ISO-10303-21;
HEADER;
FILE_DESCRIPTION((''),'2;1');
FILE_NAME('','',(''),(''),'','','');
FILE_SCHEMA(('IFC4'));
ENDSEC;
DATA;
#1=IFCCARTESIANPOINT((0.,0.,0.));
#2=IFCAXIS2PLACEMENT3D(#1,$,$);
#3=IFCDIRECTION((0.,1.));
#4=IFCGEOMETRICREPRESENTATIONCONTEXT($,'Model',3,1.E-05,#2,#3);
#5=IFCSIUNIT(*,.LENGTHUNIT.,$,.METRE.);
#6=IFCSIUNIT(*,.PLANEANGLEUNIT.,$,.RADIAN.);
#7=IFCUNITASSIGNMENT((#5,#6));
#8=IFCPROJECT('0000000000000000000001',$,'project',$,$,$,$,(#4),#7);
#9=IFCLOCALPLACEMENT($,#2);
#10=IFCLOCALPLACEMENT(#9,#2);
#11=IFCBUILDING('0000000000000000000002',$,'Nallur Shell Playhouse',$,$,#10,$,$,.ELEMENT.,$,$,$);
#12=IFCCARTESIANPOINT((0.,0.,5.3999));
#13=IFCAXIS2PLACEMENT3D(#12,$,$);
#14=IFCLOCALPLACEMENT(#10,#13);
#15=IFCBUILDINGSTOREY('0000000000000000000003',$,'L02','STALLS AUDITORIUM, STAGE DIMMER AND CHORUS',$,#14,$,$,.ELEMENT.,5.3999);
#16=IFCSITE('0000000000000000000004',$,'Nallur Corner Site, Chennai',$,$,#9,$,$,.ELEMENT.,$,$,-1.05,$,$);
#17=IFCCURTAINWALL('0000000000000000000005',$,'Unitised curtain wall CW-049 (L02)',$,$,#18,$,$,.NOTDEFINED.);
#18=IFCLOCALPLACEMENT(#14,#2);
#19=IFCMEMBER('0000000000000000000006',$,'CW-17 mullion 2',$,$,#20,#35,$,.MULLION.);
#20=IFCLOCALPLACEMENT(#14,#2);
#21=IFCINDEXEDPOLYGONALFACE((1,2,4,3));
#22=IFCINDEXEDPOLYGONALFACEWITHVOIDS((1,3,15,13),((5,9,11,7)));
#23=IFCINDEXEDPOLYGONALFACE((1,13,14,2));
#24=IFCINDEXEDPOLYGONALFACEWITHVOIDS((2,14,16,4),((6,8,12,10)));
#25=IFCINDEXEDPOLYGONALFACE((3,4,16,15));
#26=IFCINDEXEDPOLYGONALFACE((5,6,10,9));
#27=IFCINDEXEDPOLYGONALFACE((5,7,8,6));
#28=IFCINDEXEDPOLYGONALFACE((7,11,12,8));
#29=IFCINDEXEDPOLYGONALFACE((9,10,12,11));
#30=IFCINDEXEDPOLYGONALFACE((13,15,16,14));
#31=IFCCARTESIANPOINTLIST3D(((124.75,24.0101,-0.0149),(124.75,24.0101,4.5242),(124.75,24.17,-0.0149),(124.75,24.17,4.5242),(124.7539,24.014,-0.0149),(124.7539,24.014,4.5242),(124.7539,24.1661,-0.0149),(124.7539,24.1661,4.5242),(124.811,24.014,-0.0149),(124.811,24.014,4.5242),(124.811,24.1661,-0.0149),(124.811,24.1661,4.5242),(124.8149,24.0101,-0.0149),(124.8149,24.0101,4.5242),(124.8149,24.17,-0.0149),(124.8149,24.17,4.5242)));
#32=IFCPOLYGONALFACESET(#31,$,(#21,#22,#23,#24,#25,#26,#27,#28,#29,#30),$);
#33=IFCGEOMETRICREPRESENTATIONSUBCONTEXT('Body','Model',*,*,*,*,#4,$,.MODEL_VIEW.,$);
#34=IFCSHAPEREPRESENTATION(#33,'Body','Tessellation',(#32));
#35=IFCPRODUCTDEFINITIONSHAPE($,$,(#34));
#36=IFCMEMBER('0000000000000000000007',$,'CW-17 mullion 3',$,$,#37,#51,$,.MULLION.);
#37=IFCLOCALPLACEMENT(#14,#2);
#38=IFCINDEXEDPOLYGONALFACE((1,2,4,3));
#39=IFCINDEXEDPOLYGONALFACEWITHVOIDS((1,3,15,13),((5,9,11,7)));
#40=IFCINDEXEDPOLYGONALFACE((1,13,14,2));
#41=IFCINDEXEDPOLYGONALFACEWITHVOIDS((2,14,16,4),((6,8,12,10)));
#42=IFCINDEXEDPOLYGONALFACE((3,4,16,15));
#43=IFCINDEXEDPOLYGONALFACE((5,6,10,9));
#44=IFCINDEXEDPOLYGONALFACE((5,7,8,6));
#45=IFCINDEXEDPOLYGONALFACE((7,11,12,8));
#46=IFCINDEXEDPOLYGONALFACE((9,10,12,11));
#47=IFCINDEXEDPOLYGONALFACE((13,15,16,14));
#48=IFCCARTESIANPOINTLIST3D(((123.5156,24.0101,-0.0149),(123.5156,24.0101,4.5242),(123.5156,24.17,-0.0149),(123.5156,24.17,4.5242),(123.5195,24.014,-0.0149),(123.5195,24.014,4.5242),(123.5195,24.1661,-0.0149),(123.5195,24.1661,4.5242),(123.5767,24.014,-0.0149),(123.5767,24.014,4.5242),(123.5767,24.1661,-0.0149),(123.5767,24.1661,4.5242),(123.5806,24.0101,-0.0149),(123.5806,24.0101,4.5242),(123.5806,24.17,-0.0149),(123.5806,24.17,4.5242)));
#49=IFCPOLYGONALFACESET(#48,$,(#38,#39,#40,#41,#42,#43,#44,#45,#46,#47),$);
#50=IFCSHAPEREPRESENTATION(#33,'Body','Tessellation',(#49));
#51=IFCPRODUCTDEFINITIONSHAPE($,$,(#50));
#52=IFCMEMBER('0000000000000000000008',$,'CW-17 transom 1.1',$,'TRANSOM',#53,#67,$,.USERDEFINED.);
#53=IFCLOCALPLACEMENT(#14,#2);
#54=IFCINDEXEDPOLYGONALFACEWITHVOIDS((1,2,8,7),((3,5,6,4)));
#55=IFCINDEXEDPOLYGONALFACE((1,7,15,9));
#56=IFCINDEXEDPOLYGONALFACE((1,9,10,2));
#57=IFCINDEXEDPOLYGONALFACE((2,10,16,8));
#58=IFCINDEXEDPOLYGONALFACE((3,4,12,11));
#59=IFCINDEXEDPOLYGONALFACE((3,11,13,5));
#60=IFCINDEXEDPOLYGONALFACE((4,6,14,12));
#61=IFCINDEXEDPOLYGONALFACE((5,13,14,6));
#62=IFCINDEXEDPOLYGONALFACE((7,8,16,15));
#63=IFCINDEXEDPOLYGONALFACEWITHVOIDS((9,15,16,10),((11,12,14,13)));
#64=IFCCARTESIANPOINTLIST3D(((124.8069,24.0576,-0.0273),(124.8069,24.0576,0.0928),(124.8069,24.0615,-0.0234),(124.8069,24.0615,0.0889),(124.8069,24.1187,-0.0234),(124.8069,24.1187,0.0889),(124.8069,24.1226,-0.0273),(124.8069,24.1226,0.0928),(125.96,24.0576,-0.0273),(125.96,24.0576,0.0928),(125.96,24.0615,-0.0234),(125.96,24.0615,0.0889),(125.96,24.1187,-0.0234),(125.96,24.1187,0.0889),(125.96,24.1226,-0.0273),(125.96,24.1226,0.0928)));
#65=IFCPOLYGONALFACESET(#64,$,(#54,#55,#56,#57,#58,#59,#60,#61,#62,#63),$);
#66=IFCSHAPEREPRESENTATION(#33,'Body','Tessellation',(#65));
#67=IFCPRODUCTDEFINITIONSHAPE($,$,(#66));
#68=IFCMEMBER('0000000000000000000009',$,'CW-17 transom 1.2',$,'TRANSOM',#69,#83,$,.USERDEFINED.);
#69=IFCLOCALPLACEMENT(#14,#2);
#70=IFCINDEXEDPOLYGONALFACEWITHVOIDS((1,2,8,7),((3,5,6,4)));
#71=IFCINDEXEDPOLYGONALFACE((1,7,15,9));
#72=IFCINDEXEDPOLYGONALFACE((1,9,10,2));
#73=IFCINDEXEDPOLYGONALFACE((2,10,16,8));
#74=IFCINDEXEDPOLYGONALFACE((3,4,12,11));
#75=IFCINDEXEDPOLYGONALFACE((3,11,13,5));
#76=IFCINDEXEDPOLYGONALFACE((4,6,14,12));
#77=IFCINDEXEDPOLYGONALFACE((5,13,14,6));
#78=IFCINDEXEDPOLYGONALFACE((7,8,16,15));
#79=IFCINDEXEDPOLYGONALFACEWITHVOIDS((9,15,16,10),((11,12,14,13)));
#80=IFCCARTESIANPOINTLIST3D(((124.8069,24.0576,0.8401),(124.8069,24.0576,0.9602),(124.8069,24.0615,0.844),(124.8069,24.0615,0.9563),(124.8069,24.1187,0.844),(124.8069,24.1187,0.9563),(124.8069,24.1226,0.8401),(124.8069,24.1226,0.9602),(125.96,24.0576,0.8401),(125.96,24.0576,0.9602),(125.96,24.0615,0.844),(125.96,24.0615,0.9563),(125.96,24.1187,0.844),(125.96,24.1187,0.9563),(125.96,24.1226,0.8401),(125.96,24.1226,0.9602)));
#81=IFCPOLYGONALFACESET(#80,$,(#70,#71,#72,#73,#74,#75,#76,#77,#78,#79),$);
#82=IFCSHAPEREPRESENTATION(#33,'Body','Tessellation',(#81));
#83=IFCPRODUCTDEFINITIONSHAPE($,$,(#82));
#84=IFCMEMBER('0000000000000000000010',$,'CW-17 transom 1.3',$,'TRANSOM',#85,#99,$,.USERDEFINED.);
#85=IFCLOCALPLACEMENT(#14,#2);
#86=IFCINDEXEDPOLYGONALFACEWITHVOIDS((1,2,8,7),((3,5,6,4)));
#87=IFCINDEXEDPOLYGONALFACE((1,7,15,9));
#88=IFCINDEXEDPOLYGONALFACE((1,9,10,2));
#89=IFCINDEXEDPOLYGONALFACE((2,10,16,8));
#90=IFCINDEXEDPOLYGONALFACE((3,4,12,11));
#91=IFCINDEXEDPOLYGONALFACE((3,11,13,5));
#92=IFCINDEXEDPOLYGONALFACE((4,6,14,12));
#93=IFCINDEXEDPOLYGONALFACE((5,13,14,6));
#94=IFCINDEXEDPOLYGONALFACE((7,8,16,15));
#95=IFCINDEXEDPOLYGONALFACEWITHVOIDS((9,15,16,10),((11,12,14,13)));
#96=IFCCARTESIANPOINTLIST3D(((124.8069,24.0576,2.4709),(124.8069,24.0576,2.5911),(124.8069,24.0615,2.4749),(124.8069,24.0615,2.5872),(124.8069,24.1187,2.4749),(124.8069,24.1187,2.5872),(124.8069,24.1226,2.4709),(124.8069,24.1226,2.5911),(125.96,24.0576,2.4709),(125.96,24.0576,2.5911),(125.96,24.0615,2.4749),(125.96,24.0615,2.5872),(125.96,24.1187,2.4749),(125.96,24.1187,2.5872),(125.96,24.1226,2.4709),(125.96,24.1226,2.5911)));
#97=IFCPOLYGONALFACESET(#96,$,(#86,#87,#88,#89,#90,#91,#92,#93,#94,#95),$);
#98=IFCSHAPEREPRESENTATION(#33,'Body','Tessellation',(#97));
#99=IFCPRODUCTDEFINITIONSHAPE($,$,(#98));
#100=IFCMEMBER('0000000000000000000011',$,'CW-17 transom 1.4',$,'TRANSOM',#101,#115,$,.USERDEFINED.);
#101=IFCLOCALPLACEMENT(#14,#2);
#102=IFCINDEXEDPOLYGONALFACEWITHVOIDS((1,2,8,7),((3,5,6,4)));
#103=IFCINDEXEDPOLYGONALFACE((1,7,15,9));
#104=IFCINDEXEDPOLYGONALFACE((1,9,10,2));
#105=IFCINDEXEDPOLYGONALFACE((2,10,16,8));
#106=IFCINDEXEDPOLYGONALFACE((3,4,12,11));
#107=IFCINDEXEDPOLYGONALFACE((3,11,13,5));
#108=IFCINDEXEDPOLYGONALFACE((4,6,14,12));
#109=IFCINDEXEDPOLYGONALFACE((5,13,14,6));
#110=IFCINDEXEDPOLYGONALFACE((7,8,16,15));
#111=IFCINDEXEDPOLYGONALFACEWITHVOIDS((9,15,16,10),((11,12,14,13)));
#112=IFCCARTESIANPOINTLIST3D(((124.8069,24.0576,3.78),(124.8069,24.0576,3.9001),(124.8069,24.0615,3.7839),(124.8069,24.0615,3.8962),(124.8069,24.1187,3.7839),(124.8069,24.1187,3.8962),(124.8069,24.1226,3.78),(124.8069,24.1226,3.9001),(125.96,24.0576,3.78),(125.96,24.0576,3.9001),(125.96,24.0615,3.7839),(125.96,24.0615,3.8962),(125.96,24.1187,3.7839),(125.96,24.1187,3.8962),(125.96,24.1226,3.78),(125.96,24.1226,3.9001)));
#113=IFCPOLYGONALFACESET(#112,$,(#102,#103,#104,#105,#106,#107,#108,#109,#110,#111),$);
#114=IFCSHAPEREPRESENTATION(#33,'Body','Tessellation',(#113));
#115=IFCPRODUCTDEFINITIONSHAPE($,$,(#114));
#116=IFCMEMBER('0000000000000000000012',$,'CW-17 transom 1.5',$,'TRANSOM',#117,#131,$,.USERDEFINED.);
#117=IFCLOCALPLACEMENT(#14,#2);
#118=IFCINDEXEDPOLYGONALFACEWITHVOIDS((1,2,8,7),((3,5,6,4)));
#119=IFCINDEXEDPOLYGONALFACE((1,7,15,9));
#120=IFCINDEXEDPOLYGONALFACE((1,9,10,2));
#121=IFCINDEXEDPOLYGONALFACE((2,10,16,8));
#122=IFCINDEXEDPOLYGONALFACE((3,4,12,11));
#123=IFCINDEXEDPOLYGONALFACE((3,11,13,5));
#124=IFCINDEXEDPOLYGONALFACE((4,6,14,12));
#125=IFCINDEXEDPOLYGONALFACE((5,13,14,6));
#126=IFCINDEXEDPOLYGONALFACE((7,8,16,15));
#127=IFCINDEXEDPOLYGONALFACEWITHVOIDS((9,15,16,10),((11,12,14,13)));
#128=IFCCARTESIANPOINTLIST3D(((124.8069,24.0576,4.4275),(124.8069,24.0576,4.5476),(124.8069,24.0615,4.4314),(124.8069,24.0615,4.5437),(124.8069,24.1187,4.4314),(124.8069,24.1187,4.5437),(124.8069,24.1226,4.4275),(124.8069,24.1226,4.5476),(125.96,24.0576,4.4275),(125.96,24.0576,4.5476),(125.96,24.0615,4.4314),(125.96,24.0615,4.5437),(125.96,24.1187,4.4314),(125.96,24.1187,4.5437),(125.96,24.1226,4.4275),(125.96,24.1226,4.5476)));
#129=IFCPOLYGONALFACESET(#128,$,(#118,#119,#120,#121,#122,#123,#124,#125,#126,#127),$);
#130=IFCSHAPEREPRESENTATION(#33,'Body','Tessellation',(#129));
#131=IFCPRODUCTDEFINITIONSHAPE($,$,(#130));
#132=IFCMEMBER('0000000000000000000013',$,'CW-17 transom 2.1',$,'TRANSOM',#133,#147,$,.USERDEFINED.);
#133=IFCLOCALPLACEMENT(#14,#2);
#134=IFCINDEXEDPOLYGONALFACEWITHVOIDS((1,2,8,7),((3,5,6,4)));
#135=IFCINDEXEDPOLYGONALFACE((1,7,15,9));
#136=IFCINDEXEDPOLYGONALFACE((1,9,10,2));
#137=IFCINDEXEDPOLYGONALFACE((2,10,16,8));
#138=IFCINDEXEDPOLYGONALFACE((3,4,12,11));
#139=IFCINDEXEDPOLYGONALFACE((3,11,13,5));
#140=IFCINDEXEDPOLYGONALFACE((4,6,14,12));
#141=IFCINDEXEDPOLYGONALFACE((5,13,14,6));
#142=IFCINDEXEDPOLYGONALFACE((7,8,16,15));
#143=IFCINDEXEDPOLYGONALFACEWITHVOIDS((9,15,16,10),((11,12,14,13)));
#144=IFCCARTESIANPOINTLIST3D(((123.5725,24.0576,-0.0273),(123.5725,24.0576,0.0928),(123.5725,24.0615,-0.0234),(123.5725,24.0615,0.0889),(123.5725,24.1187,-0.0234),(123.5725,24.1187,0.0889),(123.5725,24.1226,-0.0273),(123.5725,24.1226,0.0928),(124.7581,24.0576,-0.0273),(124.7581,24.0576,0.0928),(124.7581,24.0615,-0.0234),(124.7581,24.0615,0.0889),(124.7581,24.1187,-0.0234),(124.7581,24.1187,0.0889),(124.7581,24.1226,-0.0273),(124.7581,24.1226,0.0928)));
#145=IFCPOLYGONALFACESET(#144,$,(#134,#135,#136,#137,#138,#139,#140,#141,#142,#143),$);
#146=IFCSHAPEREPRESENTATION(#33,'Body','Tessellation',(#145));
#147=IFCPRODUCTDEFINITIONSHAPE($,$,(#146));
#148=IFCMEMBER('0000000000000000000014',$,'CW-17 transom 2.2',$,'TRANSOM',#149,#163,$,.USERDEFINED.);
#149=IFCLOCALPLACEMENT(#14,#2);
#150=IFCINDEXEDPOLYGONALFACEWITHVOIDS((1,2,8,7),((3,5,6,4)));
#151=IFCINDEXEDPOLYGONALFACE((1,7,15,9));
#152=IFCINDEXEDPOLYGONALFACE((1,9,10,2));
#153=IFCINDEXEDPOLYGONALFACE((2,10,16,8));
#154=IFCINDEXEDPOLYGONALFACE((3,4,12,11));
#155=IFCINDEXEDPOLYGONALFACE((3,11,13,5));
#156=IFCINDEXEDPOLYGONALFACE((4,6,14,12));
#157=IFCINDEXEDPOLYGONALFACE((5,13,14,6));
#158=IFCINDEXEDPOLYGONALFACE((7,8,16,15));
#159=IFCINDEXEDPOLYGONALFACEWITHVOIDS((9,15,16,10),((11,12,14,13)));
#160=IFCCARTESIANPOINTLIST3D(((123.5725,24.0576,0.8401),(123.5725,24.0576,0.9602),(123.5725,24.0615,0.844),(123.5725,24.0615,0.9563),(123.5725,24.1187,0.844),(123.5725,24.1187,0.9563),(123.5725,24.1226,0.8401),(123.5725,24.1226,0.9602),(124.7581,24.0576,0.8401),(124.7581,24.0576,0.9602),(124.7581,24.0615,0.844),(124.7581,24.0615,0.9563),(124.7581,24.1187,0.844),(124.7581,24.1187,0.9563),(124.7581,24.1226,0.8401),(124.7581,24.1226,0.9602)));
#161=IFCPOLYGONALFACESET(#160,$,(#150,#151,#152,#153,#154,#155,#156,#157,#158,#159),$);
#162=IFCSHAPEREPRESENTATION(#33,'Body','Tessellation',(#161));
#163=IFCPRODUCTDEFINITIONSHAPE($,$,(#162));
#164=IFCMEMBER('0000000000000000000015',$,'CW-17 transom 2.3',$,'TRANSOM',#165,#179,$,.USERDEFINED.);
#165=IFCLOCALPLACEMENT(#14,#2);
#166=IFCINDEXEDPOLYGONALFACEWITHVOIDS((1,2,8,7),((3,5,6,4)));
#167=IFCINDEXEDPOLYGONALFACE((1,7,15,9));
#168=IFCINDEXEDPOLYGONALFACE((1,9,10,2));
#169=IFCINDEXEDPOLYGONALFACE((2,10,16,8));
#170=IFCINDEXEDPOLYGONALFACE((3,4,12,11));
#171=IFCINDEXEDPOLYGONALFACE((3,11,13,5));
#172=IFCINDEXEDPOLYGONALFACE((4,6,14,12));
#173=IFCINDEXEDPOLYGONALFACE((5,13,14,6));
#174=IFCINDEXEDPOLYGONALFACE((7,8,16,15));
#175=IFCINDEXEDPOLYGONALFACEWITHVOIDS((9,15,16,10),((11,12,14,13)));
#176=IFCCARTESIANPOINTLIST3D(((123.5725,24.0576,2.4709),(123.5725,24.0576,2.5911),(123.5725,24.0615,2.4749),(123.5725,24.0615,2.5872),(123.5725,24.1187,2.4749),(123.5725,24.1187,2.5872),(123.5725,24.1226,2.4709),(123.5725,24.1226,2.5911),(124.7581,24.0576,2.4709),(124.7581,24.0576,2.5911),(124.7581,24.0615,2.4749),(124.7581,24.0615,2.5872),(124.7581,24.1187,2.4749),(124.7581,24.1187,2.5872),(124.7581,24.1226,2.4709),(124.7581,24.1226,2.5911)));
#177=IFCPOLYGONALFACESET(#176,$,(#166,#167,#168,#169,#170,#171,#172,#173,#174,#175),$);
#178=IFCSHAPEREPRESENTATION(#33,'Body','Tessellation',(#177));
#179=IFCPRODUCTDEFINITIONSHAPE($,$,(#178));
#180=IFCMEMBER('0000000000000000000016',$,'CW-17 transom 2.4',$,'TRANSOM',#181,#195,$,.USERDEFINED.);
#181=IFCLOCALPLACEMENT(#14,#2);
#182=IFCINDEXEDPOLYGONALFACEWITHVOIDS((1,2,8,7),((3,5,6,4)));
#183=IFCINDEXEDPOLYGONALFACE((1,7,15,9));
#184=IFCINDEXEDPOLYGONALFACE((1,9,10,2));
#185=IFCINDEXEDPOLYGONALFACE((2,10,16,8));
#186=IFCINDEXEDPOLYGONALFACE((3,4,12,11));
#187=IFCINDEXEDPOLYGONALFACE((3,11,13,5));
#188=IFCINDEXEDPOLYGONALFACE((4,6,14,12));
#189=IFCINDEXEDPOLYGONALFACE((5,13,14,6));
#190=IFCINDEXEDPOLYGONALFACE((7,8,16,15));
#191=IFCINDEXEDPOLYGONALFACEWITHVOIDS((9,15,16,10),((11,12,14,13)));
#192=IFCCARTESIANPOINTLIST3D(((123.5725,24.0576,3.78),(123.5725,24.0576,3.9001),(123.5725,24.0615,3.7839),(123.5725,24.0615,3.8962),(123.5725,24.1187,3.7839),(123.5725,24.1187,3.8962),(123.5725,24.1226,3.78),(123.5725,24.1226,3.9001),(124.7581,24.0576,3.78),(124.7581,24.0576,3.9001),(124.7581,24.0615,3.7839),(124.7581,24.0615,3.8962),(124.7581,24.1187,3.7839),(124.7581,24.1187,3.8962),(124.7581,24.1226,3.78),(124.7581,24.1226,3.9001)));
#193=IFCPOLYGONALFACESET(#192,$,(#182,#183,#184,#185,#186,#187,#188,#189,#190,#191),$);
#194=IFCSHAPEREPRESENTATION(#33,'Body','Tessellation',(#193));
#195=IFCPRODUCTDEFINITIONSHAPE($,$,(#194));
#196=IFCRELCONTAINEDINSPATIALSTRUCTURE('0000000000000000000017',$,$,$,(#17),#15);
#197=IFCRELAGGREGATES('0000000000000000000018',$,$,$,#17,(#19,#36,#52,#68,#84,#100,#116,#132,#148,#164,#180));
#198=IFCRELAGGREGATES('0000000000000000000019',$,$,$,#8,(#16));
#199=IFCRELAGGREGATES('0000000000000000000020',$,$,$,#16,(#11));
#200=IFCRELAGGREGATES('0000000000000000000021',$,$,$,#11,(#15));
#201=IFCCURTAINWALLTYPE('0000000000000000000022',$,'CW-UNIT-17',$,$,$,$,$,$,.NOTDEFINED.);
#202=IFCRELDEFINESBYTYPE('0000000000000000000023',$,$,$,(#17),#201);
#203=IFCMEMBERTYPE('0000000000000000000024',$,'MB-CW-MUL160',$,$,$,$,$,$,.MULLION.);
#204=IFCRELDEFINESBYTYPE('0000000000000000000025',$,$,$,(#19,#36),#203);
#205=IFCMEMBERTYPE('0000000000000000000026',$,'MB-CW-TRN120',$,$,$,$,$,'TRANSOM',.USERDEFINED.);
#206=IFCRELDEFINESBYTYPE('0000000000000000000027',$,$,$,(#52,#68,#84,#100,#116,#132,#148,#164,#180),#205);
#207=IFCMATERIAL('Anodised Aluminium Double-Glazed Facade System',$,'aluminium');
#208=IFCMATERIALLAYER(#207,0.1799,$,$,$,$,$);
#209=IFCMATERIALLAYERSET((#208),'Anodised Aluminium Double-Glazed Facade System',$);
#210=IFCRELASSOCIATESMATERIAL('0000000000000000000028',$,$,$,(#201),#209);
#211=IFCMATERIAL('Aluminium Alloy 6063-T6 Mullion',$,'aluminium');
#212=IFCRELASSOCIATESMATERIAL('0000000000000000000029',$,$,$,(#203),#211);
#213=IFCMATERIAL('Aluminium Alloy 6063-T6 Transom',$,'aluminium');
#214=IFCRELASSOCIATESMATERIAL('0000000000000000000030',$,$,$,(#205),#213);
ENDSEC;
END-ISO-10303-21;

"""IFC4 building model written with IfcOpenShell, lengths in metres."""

from ifc_helpers import new_model, si_unit, direction, frame, origin, origin_2d, place, context, subcontext, project, spatial, hollow_rectangle, extrude, material, layer, layer_set, material_profile, profile_set, type_object, element, aggregate, save


model = new_model("IFC4")

# Units and contexts
model_context = context("Model", 3, precision=1e-05, world=origin(), true_north=direction((0.0, 1.0)))
body_context = subcontext(model_context, "Body", "Model", "MODEL_VIEW")
ifc_project = project(units=[si_unit("LENGTHUNIT", "METRE"), si_unit("PLANEANGLEUNIT", "RADIAN")], contexts=[model_context])

# Site, building, storey
site_placement = place(None, origin())
site = spatial("IfcSite", under=ifc_project, at=site_placement, Name="Nallur Corner Site, Chennai", CompositionType="ELEMENT", RefElevation=-1.05)
building_placement = place(site_placement, origin())
building = spatial("IfcBuilding", under=site, at=building_placement, Name="Nallur Shell Playhouse", CompositionType="ELEMENT")
storey_placement = place(building_placement, frame((0.0, 0.0, 5.3999)))
storey = spatial("IfcBuildingStorey", under=building, at=storey_placement, Name="L02", Description="STALLS AUDITORIUM, STAGE DIMMER AND CHORUS", CompositionType="ELEMENT", Elevation=5.3999)

# Curtain wall, members
ifc_material_1 = material(Name="Anodised Aluminium Double-Glazed Facade System", Category="aluminium")
ifc_layer_1 = layer(ifc_material_1, 0.1799)
ifc_layer_set_1 = layer_set([ifc_layer_1], Name="Anodised Aluminium Double-Glazed Facade System")
curtain_wall_type = type_object("IfcCurtainWallType", Name="CW-UNIT-17", PredefinedType="NOTDEFINED", material=ifc_layer_set_1)
curtain_wall_placement = place(storey_placement, origin())
curtain_wall = element("IfcCurtainWall", 1, at=curtain_wall_placement, inside=storey, type_object=curtain_wall_type, Name="Unitised curtain wall CW-049 (L02)", PredefinedType="NOTDEFINED")
ifc_material_2 = material(Name="Aluminium Alloy 6063-T6 Mullion", Category="aluminium")
ifc_material_profile_1 = material_profile(ifc_material_2, hollow_rectangle(XDim=0.0649, YDim=0.1599, WallThickness=0.0039, at=origin_2d()), Name="ALU 65x160x4")
ifc_profile_set_1 = profile_set([ifc_material_profile_1], Name="Aluminium Alloy 6063-T6 Mullion")
member_type_1 = type_object("IfcMemberType", Name="MB-CW-MUL160", PredefinedType="MULLION", material=ifc_profile_set_1)
member_1_placement = place(storey_placement, frame((124.7825, 24.0901, -0.0149), z_axis=(0.0, 0.0, 1.0), x_axis=(-1.0, 0.0, 0.0)))
member_1 = element("IfcMember", 2, at=member_1_placement, type_object=member_type_1, Name="CW-17 mullion 2", PredefinedType="MULLION", context=body_context, shape_type="SweptSolid", body=[
    extrude(hollow_rectangle(XDim=0.0649, YDim=0.1599, WallThickness=0.0039, at=origin_2d()), origin(), (0.0, 0.0, 1.0), 4.5391),
])
member_2_placement = place(storey_placement, frame((123.5481, 24.0901, -0.0149), z_axis=(0.0, 0.0, 1.0), x_axis=(-1.0, 0.0, 0.0)))
member_2 = element("IfcMember", 3, at=member_2_placement, type_object=member_type_1, Name="CW-17 mullion 3", PredefinedType="MULLION", context=body_context, shape_type="SweptSolid", body=[
    extrude(hollow_rectangle(XDim=0.0649, YDim=0.1599, WallThickness=0.0039, at=origin_2d()), origin(), (0.0, 0.0, 1.0), 4.5391),
])
ifc_material_3 = material(Name="Aluminium Alloy 6063-T6 Transom", Category="aluminium")
ifc_material_profile_2 = material_profile(ifc_material_3, hollow_rectangle(XDim=0.0649, YDim=0.1201, WallThickness=0.0039, at=origin_2d()), Name="ALU 65x120x4")
ifc_profile_set_2 = profile_set([ifc_material_profile_2], Name="Aluminium Alloy 6063-T6 Transom")
member_type_2 = type_object("IfcMemberType", Name="MB-CW-TRN120", ElementType="TRANSOM", PredefinedType="USERDEFINED", material=ifc_profile_set_2)
member_3_placement = place(storey_placement, frame((125.96, 24.0901, 0.0327), z_axis=(-1.0, 0.0, 0.0), x_axis=(0.0, -1.0, 0.0)))
member_3 = element("IfcMember", 4, at=member_3_placement, type_object=member_type_2, Name="CW-17 transom 1.1", ObjectType="TRANSOM", PredefinedType="USERDEFINED", context=body_context, shape_type="SweptSolid", body=[
    extrude(hollow_rectangle(XDim=0.0649, YDim=0.1201, WallThickness=0.0039, at=origin_2d()), origin(), (0.0, 0.0, 1.0), 1.1531),
])
member_4_placement = place(storey_placement, frame((125.96, 24.0901, 0.9001), z_axis=(-1.0, 0.0, 0.0), x_axis=(0.0, -1.0, 0.0)))
member_4 = element("IfcMember", 5, at=member_4_placement, type_object=member_type_2, Name="CW-17 transom 1.2", ObjectType="TRANSOM", PredefinedType="USERDEFINED", context=body_context, shape_type="SweptSolid", body=[
    extrude(hollow_rectangle(XDim=0.0649, YDim=0.1201, WallThickness=0.0039, at=origin_2d()), origin(), (0.0, 0.0, 1.0), 1.1531),
])
member_5_placement = place(storey_placement, frame((125.96, 24.0901, 2.531), z_axis=(-1.0, 0.0, 0.0), x_axis=(0.0, -1.0, 0.0)))
member_5 = element("IfcMember", 6, at=member_5_placement, type_object=member_type_2, Name="CW-17 transom 1.3", ObjectType="TRANSOM", PredefinedType="USERDEFINED", context=body_context, shape_type="SweptSolid", body=[
    extrude(hollow_rectangle(XDim=0.0649, YDim=0.1201, WallThickness=0.0039, at=origin_2d()), origin(), (0.0, 0.0, 1.0), 1.1531),
])
member_6_placement = place(storey_placement, frame((125.96, 24.0901, 3.8401), z_axis=(-1.0, 0.0, 0.0), x_axis=(0.0, -1.0, 0.0)))
member_6 = element("IfcMember", 7, at=member_6_placement, type_object=member_type_2, Name="CW-17 transom 1.4", ObjectType="TRANSOM", PredefinedType="USERDEFINED", context=body_context, shape_type="SweptSolid", body=[
    extrude(hollow_rectangle(XDim=0.0649, YDim=0.1201, WallThickness=0.0039, at=origin_2d()), origin(), (0.0, 0.0, 1.0), 1.1531),
])
member_7_placement = place(storey_placement, frame((125.96, 24.0901, 4.4875), z_axis=(-1.0, 0.0, 0.0), x_axis=(0.0, -1.0, 0.0)))
member_7 = element("IfcMember", 8, at=member_7_placement, type_object=member_type_2, Name="CW-17 transom 1.5", ObjectType="TRANSOM", PredefinedType="USERDEFINED", context=body_context, shape_type="SweptSolid", body=[
    extrude(hollow_rectangle(XDim=0.0649, YDim=0.1201, WallThickness=0.0039, at=origin_2d()), origin(), (0.0, 0.0, 1.0), 1.1531),
])
member_8_placement = place(storey_placement, frame((124.7581, 24.0901, 0.0327), z_axis=(-1.0, 0.0, 0.0), x_axis=(0.0, -1.0, 0.0)))
member_8 = element("IfcMember", 9, at=member_8_placement, type_object=member_type_2, Name="CW-17 transom 2.1", ObjectType="TRANSOM", PredefinedType="USERDEFINED", context=body_context, shape_type="SweptSolid", body=[
    extrude(hollow_rectangle(XDim=0.0649, YDim=0.1201, WallThickness=0.0039, at=origin_2d()), origin(), (0.0, 0.0, 1.0), 1.1855),
])
member_9_placement = place(storey_placement, frame((124.7581, 24.0901, 0.9001), z_axis=(-1.0, 0.0, 0.0), x_axis=(0.0, -1.0, 0.0)))
member_9 = element("IfcMember", 10, at=member_9_placement, type_object=member_type_2, Name="CW-17 transom 2.2", ObjectType="TRANSOM", PredefinedType="USERDEFINED", context=body_context, shape_type="SweptSolid", body=[
    extrude(hollow_rectangle(XDim=0.0649, YDim=0.1201, WallThickness=0.0039, at=origin_2d()), origin(), (0.0, 0.0, 1.0), 1.1855),
])
member_10_placement = place(storey_placement, frame((124.7581, 24.0901, 2.531), z_axis=(-1.0, 0.0, 0.0), x_axis=(0.0, -1.0, 0.0)))
member_10 = element("IfcMember", 11, at=member_10_placement, type_object=member_type_2, Name="CW-17 transom 2.3", ObjectType="TRANSOM", PredefinedType="USERDEFINED", context=body_context, shape_type="SweptSolid", body=[
    extrude(hollow_rectangle(XDim=0.0649, YDim=0.1201, WallThickness=0.0039, at=origin_2d()), origin(), (0.0, 0.0, 1.0), 1.1855),
])
member_11_placement = place(storey_placement, frame((124.7581, 24.0901, 3.8401), z_axis=(-1.0, 0.0, 0.0), x_axis=(0.0, -1.0, 0.0)))
member_11 = element("IfcMember", 12, at=member_11_placement, type_object=member_type_2, Name="CW-17 transom 2.4", ObjectType="TRANSOM", PredefinedType="USERDEFINED", context=body_context, shape_type="SweptSolid", body=[
    extrude(hollow_rectangle(XDim=0.0649, YDim=0.1201, WallThickness=0.0039, at=origin_2d()), origin(), (0.0, 0.0, 1.0), 1.1855),
])
aggregate(curtain_wall, [member_1, member_2, member_3, member_4, member_5, member_6, member_7, member_8, member_9, member_10, member_11])

save(model, "model.ifc")
